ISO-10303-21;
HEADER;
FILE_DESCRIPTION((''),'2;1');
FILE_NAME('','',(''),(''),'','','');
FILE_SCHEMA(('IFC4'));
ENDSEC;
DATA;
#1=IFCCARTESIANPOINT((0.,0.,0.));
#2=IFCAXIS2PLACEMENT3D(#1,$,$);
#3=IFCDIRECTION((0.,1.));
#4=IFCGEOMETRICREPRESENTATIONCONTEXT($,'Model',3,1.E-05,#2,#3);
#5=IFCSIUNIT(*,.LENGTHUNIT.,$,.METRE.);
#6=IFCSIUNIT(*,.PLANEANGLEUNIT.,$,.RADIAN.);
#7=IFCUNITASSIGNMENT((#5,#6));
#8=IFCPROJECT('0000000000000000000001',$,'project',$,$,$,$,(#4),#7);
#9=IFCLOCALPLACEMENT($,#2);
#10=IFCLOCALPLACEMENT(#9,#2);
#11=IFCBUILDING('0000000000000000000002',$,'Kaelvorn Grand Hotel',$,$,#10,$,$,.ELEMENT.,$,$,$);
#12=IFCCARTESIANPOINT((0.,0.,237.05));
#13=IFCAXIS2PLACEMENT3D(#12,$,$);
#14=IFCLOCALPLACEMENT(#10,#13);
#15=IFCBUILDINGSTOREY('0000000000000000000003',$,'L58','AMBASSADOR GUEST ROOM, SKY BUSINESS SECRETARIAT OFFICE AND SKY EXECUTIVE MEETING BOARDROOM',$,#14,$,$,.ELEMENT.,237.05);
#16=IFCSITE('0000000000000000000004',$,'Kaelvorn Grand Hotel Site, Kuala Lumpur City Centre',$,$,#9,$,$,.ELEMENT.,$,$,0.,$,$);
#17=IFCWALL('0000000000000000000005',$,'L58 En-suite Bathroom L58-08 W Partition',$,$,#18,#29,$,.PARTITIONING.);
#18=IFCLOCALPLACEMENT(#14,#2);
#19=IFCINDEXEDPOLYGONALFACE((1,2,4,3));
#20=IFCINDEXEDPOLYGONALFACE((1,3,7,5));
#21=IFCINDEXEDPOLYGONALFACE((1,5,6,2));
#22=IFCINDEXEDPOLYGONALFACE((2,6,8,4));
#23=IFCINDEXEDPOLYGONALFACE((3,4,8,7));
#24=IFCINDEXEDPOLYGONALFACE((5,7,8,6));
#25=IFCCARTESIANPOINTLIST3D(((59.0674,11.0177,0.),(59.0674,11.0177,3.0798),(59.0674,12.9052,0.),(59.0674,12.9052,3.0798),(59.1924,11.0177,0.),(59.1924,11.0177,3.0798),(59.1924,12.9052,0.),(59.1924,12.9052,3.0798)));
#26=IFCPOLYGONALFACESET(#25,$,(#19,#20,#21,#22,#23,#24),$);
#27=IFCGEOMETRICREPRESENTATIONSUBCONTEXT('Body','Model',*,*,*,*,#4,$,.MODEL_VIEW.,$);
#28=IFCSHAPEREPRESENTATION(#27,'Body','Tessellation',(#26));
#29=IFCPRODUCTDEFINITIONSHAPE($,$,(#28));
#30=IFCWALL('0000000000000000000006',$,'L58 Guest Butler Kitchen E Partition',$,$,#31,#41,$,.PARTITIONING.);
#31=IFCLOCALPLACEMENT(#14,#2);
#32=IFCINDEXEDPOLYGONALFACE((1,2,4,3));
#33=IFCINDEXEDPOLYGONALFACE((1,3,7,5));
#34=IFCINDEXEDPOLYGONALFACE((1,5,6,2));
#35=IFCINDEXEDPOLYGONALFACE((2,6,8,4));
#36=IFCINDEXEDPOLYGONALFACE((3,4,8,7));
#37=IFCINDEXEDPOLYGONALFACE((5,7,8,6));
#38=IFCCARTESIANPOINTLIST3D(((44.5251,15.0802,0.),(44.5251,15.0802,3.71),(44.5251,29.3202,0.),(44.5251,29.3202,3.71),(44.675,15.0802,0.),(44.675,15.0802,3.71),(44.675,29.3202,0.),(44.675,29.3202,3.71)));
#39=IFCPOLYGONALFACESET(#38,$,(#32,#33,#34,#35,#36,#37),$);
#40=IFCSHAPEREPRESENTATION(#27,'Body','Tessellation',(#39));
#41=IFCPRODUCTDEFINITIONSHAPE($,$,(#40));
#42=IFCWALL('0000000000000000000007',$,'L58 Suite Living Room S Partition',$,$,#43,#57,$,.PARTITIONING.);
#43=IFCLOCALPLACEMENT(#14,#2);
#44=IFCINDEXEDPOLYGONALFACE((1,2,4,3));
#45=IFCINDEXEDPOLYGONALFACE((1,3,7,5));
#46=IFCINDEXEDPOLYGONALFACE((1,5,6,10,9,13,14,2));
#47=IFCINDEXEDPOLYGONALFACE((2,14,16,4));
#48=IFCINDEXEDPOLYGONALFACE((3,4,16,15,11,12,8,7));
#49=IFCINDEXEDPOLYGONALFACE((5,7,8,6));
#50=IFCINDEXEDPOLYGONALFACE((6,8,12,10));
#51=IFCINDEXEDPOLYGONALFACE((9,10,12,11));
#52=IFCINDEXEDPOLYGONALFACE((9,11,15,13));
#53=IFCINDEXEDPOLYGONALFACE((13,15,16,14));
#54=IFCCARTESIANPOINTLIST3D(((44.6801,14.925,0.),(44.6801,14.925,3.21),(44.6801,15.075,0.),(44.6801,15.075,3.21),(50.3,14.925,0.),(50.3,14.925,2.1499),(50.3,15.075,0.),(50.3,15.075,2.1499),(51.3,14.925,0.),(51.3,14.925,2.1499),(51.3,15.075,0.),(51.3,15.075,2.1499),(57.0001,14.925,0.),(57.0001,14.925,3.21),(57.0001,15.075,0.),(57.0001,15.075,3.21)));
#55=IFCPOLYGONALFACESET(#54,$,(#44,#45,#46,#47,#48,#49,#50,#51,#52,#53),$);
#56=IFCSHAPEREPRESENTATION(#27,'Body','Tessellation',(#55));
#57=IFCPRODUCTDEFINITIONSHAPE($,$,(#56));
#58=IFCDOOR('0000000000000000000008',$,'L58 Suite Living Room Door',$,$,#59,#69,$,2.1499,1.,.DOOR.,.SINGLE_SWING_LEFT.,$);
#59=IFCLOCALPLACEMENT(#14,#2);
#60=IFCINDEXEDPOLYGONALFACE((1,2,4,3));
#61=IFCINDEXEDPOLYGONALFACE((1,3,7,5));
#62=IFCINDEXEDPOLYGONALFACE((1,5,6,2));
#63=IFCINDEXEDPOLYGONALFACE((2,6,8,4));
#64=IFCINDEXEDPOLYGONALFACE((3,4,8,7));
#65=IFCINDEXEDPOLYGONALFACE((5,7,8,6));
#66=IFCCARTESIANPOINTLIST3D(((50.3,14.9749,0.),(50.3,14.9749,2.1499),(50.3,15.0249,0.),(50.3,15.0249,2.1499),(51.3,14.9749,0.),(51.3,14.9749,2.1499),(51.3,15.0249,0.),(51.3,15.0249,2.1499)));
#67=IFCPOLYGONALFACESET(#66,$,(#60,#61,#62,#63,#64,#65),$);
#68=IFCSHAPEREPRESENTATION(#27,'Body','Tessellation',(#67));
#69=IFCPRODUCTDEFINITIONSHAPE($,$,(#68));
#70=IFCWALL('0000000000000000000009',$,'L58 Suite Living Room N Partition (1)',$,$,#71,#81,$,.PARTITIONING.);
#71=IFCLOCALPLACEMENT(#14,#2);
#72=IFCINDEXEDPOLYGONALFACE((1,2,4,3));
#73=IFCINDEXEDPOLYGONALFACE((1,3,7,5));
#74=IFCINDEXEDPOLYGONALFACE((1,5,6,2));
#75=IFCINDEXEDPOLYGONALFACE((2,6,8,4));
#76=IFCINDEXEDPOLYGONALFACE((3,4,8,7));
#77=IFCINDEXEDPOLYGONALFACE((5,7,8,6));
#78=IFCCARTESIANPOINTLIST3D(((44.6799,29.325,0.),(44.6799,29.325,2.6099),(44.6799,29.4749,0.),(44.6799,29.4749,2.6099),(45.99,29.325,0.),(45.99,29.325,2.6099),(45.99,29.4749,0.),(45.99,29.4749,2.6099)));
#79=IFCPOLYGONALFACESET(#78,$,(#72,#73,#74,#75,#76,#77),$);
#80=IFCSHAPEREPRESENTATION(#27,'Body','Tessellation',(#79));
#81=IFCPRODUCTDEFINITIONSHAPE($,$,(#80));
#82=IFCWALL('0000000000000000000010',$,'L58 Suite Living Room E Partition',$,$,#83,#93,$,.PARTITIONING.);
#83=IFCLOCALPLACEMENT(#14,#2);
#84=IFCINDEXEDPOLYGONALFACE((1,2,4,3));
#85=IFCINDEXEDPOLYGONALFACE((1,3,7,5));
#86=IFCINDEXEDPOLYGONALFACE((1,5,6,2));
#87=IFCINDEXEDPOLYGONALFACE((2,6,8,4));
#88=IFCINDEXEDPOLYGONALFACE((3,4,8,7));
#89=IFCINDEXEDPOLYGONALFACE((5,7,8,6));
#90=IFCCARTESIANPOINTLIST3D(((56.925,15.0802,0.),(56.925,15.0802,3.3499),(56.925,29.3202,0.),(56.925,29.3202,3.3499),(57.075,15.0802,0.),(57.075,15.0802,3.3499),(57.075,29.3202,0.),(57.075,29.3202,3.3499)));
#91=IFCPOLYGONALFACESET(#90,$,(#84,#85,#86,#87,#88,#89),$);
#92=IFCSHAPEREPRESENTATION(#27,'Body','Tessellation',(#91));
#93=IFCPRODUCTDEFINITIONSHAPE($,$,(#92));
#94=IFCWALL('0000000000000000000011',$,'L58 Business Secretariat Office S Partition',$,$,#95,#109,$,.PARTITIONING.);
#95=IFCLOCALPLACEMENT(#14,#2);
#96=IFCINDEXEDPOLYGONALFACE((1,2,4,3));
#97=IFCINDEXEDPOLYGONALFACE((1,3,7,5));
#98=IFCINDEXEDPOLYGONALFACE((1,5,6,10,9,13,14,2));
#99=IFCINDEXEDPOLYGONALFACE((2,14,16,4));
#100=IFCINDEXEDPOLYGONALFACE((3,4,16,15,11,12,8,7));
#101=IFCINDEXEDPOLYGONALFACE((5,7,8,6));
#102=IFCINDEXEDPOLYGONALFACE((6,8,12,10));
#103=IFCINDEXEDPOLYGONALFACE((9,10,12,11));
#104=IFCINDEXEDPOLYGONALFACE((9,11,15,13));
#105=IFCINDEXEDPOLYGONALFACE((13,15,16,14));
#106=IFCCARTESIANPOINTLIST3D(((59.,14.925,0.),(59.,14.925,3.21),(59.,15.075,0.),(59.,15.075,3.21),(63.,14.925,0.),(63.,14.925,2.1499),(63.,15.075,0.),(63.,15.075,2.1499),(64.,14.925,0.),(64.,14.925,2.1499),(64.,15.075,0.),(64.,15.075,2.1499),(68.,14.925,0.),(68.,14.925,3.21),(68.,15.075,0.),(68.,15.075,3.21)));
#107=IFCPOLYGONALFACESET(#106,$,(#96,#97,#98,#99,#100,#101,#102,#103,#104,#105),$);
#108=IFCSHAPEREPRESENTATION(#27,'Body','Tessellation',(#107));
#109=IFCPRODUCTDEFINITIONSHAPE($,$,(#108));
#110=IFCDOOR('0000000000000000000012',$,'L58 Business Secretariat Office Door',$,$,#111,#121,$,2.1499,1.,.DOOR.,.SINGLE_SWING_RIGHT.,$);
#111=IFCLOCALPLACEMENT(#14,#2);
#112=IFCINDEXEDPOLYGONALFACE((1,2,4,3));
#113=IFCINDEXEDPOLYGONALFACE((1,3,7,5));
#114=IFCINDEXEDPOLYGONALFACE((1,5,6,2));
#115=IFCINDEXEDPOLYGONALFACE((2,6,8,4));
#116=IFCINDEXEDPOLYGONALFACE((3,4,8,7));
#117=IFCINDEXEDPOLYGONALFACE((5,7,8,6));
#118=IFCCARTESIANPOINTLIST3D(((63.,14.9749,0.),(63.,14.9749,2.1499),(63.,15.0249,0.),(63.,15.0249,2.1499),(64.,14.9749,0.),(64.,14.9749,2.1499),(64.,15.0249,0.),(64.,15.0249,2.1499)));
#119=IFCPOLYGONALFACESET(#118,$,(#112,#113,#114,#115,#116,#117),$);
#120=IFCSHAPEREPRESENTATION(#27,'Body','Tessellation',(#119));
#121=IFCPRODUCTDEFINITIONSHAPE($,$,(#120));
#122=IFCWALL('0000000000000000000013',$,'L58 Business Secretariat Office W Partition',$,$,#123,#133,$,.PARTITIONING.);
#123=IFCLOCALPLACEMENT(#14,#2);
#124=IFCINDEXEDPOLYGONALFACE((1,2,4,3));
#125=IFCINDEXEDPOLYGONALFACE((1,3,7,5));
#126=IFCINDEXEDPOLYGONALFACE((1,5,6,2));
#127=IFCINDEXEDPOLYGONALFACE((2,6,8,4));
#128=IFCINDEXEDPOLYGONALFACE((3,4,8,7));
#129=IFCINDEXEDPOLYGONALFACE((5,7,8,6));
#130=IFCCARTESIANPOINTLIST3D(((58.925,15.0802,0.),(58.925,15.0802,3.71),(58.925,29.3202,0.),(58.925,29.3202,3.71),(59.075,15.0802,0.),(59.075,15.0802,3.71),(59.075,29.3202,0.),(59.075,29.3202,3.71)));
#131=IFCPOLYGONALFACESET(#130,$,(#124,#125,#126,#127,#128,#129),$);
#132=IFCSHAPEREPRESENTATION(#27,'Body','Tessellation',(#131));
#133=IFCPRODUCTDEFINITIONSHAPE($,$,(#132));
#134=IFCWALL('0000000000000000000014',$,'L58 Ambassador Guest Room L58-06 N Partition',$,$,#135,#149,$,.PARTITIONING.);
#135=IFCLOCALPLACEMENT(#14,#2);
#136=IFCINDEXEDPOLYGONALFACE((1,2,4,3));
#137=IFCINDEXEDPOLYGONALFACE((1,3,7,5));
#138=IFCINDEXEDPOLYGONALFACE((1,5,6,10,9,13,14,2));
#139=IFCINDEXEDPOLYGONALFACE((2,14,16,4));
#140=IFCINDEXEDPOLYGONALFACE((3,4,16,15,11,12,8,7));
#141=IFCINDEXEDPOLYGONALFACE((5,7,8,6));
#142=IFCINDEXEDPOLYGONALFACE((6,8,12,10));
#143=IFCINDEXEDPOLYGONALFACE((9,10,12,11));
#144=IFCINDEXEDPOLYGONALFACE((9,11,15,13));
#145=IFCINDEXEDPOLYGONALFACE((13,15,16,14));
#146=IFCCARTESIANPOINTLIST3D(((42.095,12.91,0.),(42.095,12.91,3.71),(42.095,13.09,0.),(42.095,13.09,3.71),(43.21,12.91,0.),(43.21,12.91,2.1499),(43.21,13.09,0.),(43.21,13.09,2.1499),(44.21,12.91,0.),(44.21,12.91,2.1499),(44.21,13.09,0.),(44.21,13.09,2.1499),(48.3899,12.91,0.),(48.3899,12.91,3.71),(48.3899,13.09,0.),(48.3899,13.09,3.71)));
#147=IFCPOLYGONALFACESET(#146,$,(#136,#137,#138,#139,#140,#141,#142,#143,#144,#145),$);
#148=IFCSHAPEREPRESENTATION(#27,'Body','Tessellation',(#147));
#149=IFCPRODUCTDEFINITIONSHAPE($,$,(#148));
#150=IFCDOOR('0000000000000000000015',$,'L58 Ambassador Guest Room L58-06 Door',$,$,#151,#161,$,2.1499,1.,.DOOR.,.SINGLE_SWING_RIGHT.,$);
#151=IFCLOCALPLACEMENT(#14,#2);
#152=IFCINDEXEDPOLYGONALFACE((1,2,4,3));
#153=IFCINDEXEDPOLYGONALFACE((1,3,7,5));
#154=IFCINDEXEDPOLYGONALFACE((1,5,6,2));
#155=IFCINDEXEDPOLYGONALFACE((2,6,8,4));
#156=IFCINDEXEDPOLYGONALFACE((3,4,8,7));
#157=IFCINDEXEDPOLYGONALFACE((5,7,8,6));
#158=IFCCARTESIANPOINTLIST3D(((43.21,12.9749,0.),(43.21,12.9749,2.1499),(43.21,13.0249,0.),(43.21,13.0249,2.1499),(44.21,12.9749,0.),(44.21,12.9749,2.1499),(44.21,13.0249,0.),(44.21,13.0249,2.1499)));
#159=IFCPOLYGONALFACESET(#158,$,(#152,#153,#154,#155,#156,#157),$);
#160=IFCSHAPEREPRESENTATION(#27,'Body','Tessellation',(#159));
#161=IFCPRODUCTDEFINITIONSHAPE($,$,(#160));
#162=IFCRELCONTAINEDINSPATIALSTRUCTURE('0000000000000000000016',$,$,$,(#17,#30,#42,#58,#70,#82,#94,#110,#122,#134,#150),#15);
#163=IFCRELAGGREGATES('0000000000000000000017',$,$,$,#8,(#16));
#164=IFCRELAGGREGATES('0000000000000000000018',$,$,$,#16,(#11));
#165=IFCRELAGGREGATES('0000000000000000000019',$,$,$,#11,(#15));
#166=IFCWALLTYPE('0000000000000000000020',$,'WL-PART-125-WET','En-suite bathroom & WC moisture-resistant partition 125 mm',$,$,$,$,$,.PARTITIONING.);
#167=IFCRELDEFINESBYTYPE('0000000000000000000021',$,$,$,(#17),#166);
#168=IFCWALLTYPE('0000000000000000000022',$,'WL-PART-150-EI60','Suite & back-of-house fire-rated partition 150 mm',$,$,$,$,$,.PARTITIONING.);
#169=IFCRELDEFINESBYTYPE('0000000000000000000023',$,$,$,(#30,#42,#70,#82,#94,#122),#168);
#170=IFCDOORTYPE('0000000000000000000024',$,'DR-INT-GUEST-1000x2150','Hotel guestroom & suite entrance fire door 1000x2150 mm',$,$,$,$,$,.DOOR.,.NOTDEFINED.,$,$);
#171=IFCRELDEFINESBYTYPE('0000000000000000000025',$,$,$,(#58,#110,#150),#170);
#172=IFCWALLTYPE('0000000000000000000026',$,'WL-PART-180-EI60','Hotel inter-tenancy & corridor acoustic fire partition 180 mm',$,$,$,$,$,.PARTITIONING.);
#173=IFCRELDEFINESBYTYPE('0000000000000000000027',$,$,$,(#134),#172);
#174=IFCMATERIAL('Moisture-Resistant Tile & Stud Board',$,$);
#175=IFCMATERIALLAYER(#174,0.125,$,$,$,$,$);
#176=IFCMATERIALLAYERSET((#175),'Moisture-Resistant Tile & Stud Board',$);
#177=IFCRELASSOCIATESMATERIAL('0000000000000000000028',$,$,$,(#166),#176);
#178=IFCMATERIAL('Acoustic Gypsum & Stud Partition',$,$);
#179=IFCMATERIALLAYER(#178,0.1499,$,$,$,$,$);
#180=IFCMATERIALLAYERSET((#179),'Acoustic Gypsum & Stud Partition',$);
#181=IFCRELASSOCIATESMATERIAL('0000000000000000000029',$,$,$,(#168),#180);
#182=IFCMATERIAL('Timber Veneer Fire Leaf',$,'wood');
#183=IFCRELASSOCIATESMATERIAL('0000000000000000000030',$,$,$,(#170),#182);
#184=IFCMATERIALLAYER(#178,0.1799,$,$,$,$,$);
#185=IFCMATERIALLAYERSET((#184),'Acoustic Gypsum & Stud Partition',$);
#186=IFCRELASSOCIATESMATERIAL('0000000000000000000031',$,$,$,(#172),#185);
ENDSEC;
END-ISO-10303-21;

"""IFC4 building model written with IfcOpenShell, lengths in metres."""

from ifc_helpers import new_model, si_unit, direction, frame, frame_2d, origin, place, context, subcontext, project, spatial, rectangle, extrude, material, layer, layer_set, type_object, element, fill, save


model = new_model("IFC4")

# Units and contexts
model_context = context("Model", 3, precision=1e-05, world=origin(), true_north=direction((0.0, 1.0)))
body_context = subcontext(model_context, "Body", "Model", "MODEL_VIEW")
ifc_project = project(units=[si_unit("LENGTHUNIT", "METRE"), si_unit("PLANEANGLEUNIT", "RADIAN")], contexts=[model_context])

# Site, building, storey
site_placement = place(None, origin())
site = spatial("IfcSite", under=ifc_project, at=site_placement, Name="Kaelvorn Grand Hotel Site, Kuala Lumpur City Centre", CompositionType="ELEMENT", RefElevation=0.0)
building_placement = place(site_placement, origin())
building = spatial("IfcBuilding", under=site, at=building_placement, Name="Kaelvorn Grand Hotel", CompositionType="ELEMENT")
storey_placement = place(building_placement, frame((0.0, 0.0, 237.05)))
storey = spatial("IfcBuildingStorey", under=building, at=storey_placement, Name="L58", Description="AMBASSADOR GUEST ROOM, SKY BUSINESS SECRETARIAT OFFICE AND SKY EXECUTIVE MEETING BOARDROOM", CompositionType="ELEMENT", Elevation=237.05)

# Walls
ifc_material_1 = material(Name="Moisture-Resistant Tile & Stud Board")
ifc_layer_1 = layer(ifc_material_1, 0.125)
ifc_layer_set_1 = layer_set([ifc_layer_1], Name="Moisture-Resistant Tile & Stud Board")
wall_type_1 = type_object("IfcWallType", Name="WL-PART-125-WET", Description="En-suite bathroom & WC moisture-resistant partition 125 mm", PredefinedType="PARTITIONING", material=ifc_layer_set_1)
wall_1_placement = place(storey_placement, frame((59.1299, 11.0176, 0.0), z_axis=(0.0, 0.0, 1.0), x_axis=(0.0, 1.0, 0.0)))
element("IfcWall", 1, at=wall_1_placement, inside=storey, type_object=wall_type_1, Name="L58 En-suite Bathroom L58-08 W Partition", PredefinedType="PARTITIONING", context=body_context, shape_type="SweptSolid", body=[
    extrude(rectangle(XDim=1.8875, YDim=0.125, at=frame_2d((0.9438, 0.0))), origin(), (0.0, 0.0, 1.0), 3.0798),
])
ifc_material_2 = material(Name="Acoustic Gypsum & Stud Partition")
ifc_layer_2 = layer(ifc_material_2, 0.1499)
ifc_layer_set_2 = layer_set([ifc_layer_2], Name="Acoustic Gypsum & Stud Partition")
wall_type_2 = type_object("IfcWallType", Name="WL-PART-150-EI60", Description="Suite & back-of-house fire-rated partition 150 mm", PredefinedType="PARTITIONING", material=ifc_layer_set_2)
wall_2_placement = place(storey_placement, frame((44.6001, 15.0801, 0.0), z_axis=(0.0, 0.0, 1.0), x_axis=(0.0, 1.0, 0.0)))
element("IfcWall", 2, at=wall_2_placement, inside=storey, type_object=wall_type_2, Name="L58 Guest Butler Kitchen E Partition", PredefinedType="PARTITIONING", context=body_context, shape_type="SweptSolid", body=[
    extrude(rectangle(XDim=14.24, YDim=0.1499, at=frame_2d((7.1201, 0.0))), origin(), (0.0, 0.0, 1.0), 3.71),
])

# Wall, opening, door
wall_3_placement = place(storey_placement, frame((44.6799, 15.0, 0.0), z_axis=(0.0, 0.0, 1.0), x_axis=(1.0, 0.0, 0.0)))
wall_3 = element("IfcWall", 3, at=wall_3_placement, inside=storey, type_object=wall_type_2, Name="L58 Suite Living Room S Partition", PredefinedType="PARTITIONING", context=body_context, shape_type="SweptSolid", body=[
    extrude(rectangle(XDim=12.3201, YDim=0.1499, at=frame_2d((6.1602, 0.0))), origin(), (0.0, 0.0, 1.0), 3.21),
])
opening_1_placement = place(wall_3_placement, frame((5.6201, 0.0, 0.0)))
opening_1 = element("IfcOpeningElement", 4, at=opening_1_placement, cuts=wall_3, PredefinedType="OPENING", context=body_context, shape_type="SweptSolid", body=[
    extrude(rectangle(XDim=1.0, YDim=2.1499, at=frame_2d((0.5, 1.075))), frame((0.0, 0.085, 0.0), z_axis=(0.0, -1.0, 0.0), x_axis=(1.0, 0.0, 0.0)), (0.0, 0.0, 1.0), 0.1699),
])
ifc_material_3 = material(Name="Timber Veneer Fire Leaf", Category="wood")
door_type = type_object("IfcDoorType", Name="DR-INT-GUEST-1000x2150", Description="Hotel guestroom & suite entrance fire door 1000x2150 mm", OperationType="NOTDEFINED", PredefinedType="DOOR", material=ifc_material_3)
door_1_placement = place(opening_1_placement, origin())
door_1 = element("IfcDoor", 5, at=door_1_placement, inside=storey, type_object=door_type, Name="L58 Suite Living Room Door", OperationType="SINGLE_SWING_LEFT", OverallHeight=2.1499, OverallWidth=1.0, PredefinedType="DOOR", context=body_context, shape_type="SweptSolid", body=[
    extrude(rectangle(XDim=1.0, YDim=2.1499, at=frame_2d((0.5, 1.075))), frame((0.0, 0.0249, 0.0), z_axis=(0.0, -1.0, 0.0), x_axis=(1.0, 0.0, 0.0)), (0.0, 0.0, 1.0), 0.05),
])
fill(opening_1, door_1)

# Walls
wall_4_placement = place(storey_placement, frame((44.6799, 29.3999, 0.0), z_axis=(0.0, 0.0, 1.0), x_axis=(1.0, 0.0, 0.0)))
element("IfcWall", 6, at=wall_4_placement, inside=storey, type_object=wall_type_2, Name="L58 Suite Living Room N Partition (1)", PredefinedType="PARTITIONING", context=body_context, shape_type="SweptSolid", body=[
    extrude(rectangle(XDim=1.3101, YDim=0.1499, at=frame_2d((0.655, 0.0))), origin(), (0.0, 0.0, 1.0), 2.6099),
])
wall_5_placement = place(storey_placement, frame((57.0, 15.0801, 0.0), z_axis=(0.0, 0.0, 1.0), x_axis=(0.0, 1.0, 0.0)))
element("IfcWall", 7, at=wall_5_placement, inside=storey, type_object=wall_type_2, Name="L58 Suite Living Room E Partition", PredefinedType="PARTITIONING", context=body_context, shape_type="SweptSolid", body=[
    extrude(rectangle(XDim=14.24, YDim=0.1499, at=frame_2d((7.1201, 0.0))), origin(), (0.0, 0.0, 1.0), 3.3499),
])

# Wall, opening, door
wall_6_placement = place(storey_placement, frame((59.0, 15.0, 0.0), z_axis=(0.0, 0.0, 1.0), x_axis=(1.0, 0.0, 0.0)))
wall_6 = element("IfcWall", 8, at=wall_6_placement, inside=storey, type_object=wall_type_2, Name="L58 Business Secretariat Office S Partition", PredefinedType="PARTITIONING", context=body_context, shape_type="SweptSolid", body=[
    extrude(rectangle(XDim=9.0, YDim=0.1499, at=frame_2d((4.5, 0.0))), origin(), (0.0, 0.0, 1.0), 3.21),
])
opening_2_placement = place(wall_6_placement, frame((4.0, 0.0, 0.0)))
opening_2 = element("IfcOpeningElement", 9, at=opening_2_placement, cuts=wall_6, PredefinedType="OPENING", context=body_context, shape_type="SweptSolid", body=[
    extrude(rectangle(XDim=1.0, YDim=2.1499, at=frame_2d((0.5, 1.075))), frame((0.0, 0.085, 0.0), z_axis=(0.0, -1.0, 0.0), x_axis=(1.0, 0.0, 0.0)), (0.0, 0.0, 1.0), 0.1699),
])
door_2_placement = place(opening_2_placement, origin())
door_2 = element("IfcDoor", 10, at=door_2_placement, inside=storey, type_object=door_type, Name="L58 Business Secretariat Office Door", OperationType="SINGLE_SWING_RIGHT", OverallHeight=2.1499, OverallWidth=1.0, PredefinedType="DOOR", context=body_context, shape_type="SweptSolid", body=[
    extrude(rectangle(XDim=1.0, YDim=2.1499, at=frame_2d((0.5, 1.075))), frame((0.0, 0.0249, 0.0), z_axis=(0.0, -1.0, 0.0), x_axis=(1.0, 0.0, 0.0)), (0.0, 0.0, 1.0), 0.05),
])
fill(opening_2, door_2)

# Wall
wall_7_placement = place(storey_placement, frame((59.0, 15.0801, 0.0), z_axis=(0.0, 0.0, 1.0), x_axis=(0.0, 1.0, 0.0)))
element("IfcWall", 11, at=wall_7_placement, inside=storey, type_object=wall_type_2, Name="L58 Business Secretariat Office W Partition", PredefinedType="PARTITIONING", context=body_context, shape_type="SweptSolid", body=[
    extrude(rectangle(XDim=14.24, YDim=0.1499, at=frame_2d((7.1201, 0.0))), origin(), (0.0, 0.0, 1.0), 3.71),
])

# Wall, opening, door
ifc_layer_3 = layer(ifc_material_2, 0.1799)
ifc_layer_set_3 = layer_set([ifc_layer_3], Name="Acoustic Gypsum & Stud Partition")
wall_type_3 = type_object("IfcWallType", Name="WL-PART-180-EI60", Description="Hotel inter-tenancy & corridor acoustic fire partition 180 mm", PredefinedType="PARTITIONING", material=ifc_layer_set_3)
wall_8_placement = place(storey_placement, frame((42.095, 13.0, 0.0), z_axis=(0.0, 0.0, 1.0), x_axis=(1.0, 0.0, 0.0)))
wall_8 = element("IfcWall", 12, at=wall_8_placement, inside=storey, type_object=wall_type_3, Name="L58 Ambassador Guest Room L58-06 N Partition", PredefinedType="PARTITIONING", context=body_context, shape_type="SweptSolid", body=[
    extrude(rectangle(XDim=6.2949, YDim=0.1799, at=frame_2d((3.1475, 0.0))), origin(), (0.0, 0.0, 1.0), 3.71),
])
opening_3_placement = place(wall_8_placement, frame((1.115, 0.0, 0.0)))
opening_3 = element("IfcOpeningElement", 13, at=opening_3_placement, cuts=wall_8, PredefinedType="OPENING", context=body_context, shape_type="SweptSolid", body=[
    extrude(rectangle(XDim=1.0, YDim=2.1499, at=frame_2d((0.5, 1.075))), frame((0.0, 0.1001, 0.0), z_axis=(0.0, -1.0, 0.0), x_axis=(1.0, 0.0, 0.0)), (0.0, 0.0, 1.0), 0.2),
])
door_3_placement = place(opening_3_placement, origin())
door_3 = element("IfcDoor", 14, at=door_3_placement, inside=storey, type_object=door_type, Name="L58 Ambassador Guest Room L58-06 Door", OperationType="SINGLE_SWING_RIGHT", OverallHeight=2.1499, OverallWidth=1.0, PredefinedType="DOOR", context=body_context, shape_type="SweptSolid", body=[
    extrude(rectangle(XDim=1.0, YDim=2.1499, at=frame_2d((0.5, 1.075))), frame((0.0, 0.0249, 0.0), z_axis=(0.0, -1.0, 0.0), x_axis=(1.0, 0.0, 0.0)), (0.0, 0.0, 1.0), 0.05),
])
fill(opening_3, door_3)

save(model, "model.ifc")
